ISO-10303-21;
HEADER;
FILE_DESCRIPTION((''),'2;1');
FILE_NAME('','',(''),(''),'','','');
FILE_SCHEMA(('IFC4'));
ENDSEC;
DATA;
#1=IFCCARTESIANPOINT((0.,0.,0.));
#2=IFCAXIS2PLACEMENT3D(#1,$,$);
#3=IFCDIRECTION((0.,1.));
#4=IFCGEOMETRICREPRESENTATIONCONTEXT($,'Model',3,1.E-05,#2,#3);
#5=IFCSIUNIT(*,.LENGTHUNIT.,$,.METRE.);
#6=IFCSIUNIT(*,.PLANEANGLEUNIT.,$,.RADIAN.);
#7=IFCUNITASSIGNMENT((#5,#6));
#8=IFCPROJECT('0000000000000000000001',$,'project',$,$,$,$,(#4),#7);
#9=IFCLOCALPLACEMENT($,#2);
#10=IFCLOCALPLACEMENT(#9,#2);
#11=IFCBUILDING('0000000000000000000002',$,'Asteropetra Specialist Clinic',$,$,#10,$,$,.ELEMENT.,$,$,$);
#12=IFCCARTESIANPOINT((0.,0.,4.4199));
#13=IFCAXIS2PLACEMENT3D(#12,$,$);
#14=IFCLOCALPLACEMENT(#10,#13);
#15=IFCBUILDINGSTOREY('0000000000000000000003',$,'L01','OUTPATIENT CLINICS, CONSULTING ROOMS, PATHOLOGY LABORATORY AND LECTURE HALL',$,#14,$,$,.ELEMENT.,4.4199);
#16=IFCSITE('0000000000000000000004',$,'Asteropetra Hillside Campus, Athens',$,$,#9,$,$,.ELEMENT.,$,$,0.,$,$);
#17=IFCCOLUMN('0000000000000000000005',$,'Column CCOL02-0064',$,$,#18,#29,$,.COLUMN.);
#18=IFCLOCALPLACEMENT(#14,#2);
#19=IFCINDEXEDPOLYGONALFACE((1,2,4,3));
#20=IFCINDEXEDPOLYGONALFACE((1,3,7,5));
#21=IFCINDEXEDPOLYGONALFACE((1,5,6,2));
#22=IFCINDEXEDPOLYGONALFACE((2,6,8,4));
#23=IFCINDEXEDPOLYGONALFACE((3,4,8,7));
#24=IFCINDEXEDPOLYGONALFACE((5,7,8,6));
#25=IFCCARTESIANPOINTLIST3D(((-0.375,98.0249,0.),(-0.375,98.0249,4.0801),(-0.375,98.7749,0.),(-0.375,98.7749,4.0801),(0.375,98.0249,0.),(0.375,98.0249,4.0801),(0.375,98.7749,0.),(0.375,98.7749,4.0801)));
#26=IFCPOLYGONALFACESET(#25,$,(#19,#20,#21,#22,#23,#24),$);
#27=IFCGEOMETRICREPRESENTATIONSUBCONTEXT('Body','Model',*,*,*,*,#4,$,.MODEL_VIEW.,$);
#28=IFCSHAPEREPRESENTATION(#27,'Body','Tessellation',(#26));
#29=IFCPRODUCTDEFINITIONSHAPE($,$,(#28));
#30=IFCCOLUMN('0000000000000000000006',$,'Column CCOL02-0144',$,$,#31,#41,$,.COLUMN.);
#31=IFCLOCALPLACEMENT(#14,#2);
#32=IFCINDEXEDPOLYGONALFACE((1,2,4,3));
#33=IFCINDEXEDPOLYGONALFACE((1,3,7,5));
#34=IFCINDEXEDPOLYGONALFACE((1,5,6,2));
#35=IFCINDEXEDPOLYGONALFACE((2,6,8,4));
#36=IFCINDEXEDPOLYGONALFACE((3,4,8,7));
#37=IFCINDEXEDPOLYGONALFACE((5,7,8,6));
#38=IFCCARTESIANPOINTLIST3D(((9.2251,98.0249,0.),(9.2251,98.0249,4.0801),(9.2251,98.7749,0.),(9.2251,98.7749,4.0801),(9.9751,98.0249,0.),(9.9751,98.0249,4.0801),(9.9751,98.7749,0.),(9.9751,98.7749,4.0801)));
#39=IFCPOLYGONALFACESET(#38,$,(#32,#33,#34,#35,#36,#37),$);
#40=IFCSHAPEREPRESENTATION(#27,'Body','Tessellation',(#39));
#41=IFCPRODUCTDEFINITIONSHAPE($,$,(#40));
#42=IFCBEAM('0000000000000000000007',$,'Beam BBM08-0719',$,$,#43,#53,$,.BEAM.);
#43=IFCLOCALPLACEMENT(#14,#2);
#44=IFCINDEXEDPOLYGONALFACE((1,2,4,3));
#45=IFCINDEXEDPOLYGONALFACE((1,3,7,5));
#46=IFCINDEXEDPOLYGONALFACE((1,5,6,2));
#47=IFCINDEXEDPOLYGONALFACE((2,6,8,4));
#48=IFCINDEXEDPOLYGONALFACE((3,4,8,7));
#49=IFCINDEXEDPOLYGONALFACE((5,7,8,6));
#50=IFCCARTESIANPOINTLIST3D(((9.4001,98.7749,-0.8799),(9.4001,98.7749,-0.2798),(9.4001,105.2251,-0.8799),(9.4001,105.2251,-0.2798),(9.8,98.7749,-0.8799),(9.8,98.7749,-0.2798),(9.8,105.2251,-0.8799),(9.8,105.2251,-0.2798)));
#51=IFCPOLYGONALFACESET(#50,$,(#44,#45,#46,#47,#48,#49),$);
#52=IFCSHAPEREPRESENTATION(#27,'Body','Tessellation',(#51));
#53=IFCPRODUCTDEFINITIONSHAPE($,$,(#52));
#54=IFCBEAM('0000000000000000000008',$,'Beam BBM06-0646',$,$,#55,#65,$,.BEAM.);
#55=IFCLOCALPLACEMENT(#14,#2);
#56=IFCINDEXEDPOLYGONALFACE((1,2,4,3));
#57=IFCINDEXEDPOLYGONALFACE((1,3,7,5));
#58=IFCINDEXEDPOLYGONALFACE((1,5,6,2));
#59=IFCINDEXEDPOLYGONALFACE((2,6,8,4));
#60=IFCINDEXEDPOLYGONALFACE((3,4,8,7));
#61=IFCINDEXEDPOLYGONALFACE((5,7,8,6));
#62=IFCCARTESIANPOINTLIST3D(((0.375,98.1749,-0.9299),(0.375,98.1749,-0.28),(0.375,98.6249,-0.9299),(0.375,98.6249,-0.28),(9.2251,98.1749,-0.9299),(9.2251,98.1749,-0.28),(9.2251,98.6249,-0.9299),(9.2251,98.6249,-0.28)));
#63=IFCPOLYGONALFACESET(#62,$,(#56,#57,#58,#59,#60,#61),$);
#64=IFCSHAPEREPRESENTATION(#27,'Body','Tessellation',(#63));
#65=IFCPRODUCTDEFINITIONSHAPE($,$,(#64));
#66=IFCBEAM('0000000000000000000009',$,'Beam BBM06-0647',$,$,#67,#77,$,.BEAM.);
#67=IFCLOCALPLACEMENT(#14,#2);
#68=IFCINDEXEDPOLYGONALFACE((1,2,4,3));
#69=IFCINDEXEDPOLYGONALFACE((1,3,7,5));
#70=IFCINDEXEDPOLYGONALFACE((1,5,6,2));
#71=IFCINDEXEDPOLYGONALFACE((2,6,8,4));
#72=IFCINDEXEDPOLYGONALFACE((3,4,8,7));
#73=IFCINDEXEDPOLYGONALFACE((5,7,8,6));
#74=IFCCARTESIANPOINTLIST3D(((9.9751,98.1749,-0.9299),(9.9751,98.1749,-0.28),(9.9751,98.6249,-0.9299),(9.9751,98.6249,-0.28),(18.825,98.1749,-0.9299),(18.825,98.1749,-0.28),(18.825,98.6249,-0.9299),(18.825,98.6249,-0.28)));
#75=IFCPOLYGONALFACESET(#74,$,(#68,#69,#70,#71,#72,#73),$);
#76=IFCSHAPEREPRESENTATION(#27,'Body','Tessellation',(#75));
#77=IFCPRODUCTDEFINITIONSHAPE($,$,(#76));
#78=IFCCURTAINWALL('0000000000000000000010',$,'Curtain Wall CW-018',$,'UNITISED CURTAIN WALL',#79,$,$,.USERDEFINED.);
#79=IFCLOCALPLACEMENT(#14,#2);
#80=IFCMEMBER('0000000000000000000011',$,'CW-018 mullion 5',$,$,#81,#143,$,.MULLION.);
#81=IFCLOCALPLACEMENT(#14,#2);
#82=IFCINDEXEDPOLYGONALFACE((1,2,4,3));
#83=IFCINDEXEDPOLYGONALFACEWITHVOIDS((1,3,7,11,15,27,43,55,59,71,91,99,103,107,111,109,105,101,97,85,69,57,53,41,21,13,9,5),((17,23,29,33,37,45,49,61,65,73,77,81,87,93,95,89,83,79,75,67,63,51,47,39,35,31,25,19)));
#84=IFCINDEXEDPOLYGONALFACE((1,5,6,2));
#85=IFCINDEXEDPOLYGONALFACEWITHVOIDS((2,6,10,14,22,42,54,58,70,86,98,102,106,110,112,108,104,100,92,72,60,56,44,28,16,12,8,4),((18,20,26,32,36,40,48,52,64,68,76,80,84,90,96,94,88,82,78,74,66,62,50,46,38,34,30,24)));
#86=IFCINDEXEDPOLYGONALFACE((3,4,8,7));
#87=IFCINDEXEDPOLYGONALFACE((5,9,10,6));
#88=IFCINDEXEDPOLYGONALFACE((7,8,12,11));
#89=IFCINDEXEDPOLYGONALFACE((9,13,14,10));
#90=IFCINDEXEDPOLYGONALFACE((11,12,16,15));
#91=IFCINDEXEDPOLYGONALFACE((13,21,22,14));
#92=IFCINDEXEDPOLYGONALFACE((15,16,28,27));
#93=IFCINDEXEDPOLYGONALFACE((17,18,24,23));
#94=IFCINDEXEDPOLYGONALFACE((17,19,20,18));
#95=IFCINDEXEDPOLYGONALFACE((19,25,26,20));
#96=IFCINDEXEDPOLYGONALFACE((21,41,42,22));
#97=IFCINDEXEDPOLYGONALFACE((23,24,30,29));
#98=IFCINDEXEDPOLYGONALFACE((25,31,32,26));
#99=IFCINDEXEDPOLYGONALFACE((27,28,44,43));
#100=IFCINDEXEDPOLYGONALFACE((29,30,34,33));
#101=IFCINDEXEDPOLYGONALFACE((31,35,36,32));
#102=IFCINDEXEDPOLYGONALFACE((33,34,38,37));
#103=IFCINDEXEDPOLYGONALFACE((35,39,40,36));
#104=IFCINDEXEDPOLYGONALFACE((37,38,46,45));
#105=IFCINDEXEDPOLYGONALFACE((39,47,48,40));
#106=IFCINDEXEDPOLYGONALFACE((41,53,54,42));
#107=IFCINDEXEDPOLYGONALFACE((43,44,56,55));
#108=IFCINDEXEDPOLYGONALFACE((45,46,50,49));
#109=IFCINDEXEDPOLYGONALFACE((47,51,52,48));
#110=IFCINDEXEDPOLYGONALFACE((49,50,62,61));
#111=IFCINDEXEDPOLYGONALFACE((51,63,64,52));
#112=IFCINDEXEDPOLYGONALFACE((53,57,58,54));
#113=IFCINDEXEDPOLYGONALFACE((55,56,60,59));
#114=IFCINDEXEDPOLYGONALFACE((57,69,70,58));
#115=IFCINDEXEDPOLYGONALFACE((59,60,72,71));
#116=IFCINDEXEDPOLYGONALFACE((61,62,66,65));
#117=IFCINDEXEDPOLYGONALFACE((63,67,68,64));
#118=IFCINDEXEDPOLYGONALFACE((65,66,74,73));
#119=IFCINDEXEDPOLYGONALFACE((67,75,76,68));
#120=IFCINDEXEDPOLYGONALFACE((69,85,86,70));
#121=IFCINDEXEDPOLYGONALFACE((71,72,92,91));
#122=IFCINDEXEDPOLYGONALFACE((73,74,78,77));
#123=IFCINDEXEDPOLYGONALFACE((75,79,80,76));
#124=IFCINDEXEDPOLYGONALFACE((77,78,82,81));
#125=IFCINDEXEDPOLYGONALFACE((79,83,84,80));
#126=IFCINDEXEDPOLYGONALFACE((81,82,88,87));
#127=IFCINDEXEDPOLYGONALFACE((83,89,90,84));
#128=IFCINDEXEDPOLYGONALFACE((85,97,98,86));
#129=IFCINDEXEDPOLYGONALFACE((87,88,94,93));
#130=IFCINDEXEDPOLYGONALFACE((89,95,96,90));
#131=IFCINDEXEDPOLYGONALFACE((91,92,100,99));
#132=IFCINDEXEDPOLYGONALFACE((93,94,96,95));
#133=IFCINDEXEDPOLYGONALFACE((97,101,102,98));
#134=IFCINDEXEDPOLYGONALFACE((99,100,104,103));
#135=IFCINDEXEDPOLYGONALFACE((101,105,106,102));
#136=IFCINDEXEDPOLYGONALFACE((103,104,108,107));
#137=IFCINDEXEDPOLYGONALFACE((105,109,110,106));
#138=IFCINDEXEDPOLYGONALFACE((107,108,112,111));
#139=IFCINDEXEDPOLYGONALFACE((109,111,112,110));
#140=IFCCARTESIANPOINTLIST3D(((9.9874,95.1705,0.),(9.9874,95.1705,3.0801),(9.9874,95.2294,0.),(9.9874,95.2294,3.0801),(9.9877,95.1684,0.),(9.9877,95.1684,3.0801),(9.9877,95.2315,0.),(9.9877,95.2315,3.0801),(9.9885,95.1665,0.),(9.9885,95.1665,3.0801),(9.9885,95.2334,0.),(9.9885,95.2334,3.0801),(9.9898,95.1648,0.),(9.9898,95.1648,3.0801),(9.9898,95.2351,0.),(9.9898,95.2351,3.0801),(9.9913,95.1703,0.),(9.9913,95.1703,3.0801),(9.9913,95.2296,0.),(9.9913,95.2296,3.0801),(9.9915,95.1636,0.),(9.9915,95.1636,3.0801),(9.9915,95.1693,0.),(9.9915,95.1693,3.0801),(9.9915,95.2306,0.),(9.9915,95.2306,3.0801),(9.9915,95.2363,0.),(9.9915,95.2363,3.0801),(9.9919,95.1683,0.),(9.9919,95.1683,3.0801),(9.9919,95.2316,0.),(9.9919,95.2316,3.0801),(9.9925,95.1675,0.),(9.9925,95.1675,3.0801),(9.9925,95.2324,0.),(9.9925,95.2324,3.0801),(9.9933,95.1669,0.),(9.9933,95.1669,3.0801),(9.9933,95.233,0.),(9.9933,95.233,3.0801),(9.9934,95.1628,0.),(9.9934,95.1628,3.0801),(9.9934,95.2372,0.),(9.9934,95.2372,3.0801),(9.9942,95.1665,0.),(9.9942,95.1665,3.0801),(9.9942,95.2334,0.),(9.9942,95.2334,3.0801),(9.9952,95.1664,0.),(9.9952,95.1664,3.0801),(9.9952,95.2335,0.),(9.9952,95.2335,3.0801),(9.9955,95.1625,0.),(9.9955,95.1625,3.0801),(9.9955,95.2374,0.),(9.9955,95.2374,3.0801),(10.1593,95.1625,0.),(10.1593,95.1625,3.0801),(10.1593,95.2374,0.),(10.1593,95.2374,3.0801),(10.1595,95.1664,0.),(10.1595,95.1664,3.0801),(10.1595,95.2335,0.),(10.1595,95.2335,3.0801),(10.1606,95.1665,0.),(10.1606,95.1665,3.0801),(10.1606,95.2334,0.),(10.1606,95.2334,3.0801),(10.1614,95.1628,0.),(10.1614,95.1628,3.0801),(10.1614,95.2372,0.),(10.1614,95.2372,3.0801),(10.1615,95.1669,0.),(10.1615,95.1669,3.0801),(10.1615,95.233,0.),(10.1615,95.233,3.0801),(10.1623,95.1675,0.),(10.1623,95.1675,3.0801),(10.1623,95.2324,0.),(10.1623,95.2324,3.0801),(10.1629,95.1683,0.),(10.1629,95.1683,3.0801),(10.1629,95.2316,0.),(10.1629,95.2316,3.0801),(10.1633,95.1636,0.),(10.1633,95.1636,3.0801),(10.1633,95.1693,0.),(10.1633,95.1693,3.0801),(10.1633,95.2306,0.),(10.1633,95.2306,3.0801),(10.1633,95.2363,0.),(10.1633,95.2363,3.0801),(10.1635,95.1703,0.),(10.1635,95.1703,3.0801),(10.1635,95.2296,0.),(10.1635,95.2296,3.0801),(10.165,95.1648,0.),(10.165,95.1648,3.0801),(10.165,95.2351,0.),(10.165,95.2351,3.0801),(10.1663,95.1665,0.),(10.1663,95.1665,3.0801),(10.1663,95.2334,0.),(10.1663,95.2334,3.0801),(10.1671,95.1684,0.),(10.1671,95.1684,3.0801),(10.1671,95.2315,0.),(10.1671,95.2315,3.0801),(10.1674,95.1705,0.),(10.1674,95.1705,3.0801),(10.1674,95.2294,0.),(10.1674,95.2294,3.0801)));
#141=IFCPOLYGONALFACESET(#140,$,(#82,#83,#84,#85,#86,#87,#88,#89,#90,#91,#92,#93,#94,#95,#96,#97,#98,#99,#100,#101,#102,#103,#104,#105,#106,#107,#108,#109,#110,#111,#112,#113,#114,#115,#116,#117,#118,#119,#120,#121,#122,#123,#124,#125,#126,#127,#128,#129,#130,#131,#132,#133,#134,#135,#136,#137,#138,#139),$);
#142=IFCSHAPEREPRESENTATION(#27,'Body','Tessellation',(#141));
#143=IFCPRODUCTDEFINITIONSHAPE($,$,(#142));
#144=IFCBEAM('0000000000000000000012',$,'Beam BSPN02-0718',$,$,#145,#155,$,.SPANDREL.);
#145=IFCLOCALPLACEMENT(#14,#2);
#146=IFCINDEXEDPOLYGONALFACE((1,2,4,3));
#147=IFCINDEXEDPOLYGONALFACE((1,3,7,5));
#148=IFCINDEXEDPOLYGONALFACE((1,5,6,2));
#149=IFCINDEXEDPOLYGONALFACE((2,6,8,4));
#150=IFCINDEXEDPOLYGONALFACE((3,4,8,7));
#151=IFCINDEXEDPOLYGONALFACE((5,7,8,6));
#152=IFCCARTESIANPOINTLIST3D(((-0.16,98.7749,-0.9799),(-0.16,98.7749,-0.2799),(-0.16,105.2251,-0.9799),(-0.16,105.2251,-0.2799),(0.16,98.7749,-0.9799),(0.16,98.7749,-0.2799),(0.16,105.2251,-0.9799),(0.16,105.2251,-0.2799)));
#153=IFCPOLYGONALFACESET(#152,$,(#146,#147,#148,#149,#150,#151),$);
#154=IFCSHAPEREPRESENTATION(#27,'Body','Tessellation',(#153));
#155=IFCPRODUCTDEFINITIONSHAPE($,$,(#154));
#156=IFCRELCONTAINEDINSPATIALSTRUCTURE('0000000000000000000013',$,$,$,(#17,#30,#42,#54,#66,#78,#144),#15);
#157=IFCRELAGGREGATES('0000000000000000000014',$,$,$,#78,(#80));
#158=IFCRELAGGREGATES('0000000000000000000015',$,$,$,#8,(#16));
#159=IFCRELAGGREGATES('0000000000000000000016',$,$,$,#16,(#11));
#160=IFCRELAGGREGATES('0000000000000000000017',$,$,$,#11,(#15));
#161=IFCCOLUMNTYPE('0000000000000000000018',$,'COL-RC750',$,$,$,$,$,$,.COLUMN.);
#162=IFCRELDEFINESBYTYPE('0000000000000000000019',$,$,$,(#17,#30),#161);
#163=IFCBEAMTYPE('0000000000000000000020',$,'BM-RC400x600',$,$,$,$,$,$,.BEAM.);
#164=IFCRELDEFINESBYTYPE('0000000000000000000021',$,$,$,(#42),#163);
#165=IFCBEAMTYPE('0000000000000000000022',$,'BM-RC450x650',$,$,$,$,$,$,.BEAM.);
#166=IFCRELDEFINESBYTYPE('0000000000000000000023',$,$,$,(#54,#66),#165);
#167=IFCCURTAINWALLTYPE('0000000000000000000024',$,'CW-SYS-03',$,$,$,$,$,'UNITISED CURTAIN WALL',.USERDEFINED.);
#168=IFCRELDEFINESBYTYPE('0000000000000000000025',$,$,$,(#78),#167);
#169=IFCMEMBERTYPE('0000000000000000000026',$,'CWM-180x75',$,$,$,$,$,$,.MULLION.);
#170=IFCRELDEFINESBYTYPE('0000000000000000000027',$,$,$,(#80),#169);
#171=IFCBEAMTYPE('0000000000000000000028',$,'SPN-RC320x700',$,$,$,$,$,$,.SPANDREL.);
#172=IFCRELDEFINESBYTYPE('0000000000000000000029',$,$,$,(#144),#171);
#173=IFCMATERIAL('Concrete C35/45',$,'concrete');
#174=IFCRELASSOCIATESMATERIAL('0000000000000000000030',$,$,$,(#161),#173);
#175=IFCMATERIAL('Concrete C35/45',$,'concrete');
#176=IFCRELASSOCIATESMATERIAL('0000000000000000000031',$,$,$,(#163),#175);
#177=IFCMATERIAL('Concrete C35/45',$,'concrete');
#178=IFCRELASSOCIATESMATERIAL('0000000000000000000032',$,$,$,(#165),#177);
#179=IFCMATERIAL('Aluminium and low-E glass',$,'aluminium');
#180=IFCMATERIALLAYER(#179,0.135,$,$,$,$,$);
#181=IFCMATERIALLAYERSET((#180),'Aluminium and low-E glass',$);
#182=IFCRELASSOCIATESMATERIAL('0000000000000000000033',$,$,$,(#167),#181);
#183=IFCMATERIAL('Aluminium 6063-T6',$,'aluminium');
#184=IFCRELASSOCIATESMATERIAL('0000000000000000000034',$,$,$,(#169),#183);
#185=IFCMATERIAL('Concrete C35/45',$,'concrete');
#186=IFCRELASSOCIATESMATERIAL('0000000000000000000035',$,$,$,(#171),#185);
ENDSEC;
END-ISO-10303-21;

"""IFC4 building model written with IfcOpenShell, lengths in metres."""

from ifc_helpers import new_model, si_unit, direction, frame, origin, origin_2d, place, context, subcontext, project, spatial, rectangle, hollow_rectangle, extrude, material, layer, layer_set, material_profile, profile_set, type_object, element, aggregate, save


model = new_model("IFC4")

# Units and contexts
model_context = context("Model", 3, precision=1e-05, world=origin(), true_north=direction((0.0, 1.0)))
body_context = subcontext(model_context, "Body", "Model", "MODEL_VIEW")
ifc_project = project(units=[si_unit("LENGTHUNIT", "METRE"), si_unit("PLANEANGLEUNIT", "RADIAN")], contexts=[model_context])

# Site, building, storey
site_placement = place(None, origin())
site = spatial("IfcSite", under=ifc_project, at=site_placement, Name="Asteropetra Hillside Campus, Athens", CompositionType="ELEMENT", RefElevation=0.0)
building_placement = place(site_placement, origin())
building = spatial("IfcBuilding", under=site, at=building_placement, Name="Asteropetra Specialist Clinic", CompositionType="ELEMENT")
storey_placement = place(building_placement, frame((0.0, 0.0, 4.4199)))
storey = spatial("IfcBuildingStorey", under=building, at=storey_placement, Name="L01", Description="OUTPATIENT CLINICS, CONSULTING ROOMS, PATHOLOGY LABORATORY AND LECTURE HALL", CompositionType="ELEMENT", Elevation=4.4199)

# Columns
ifc_material_1 = material(Name="Concrete C35/45", Category="concrete")
ifc_material_profile_1 = material_profile(ifc_material_1, rectangle(XDim=0.75, YDim=0.75, at=origin_2d()), Name="RC 750x750")
ifc_profile_set_1 = profile_set([ifc_material_profile_1], Name="Concrete C35/45")
column_type = type_object("IfcColumnType", Name="COL-RC750", PredefinedType="COLUMN", material=ifc_profile_set_1)
for number, where, z_axis, x_axis, name in (
    (1, (0.0, 98.3999, 0.0), (0.0, 0.0, 1.0), (1.0, 0.0, 0.0), "Column CCOL02-0064"),
    (2, (9.6001, 98.3999, 0.0), (0.0, 0.0, 1.0), (1.0, 0.0, 0.0), "Column CCOL02-0144"),
):
    element("IfcColumn", number, at=place(storey_placement, frame(where, z_axis=z_axis, x_axis=x_axis)), inside=storey, type_object=column_type, Name=name, PredefinedType="COLUMN", context=body_context, shape_type="SweptSolid", body=[
        extrude(rectangle(XDim=0.75, YDim=0.75, at=origin_2d()), origin(), (0.0, 0.0, 1.0), 4.0801),
    ])

# Beams
ifc_material_2 = material(Name="Concrete C35/45", Category="concrete")
ifc_material_profile_2 = material_profile(ifc_material_2, rectangle(XDim=0.3999, YDim=0.6001, at=origin_2d()), Name="RCB 400x600")
ifc_profile_set_2 = profile_set([ifc_material_profile_2], Name="Concrete C35/45")
beam_type_1 = type_object("IfcBeamType", Name="BM-RC400x600", PredefinedType="BEAM", material=ifc_profile_set_2)
beam_1_placement = place(storey_placement, frame((9.6001, 98.7749, -0.5798), z_axis=(0.0, 1.0, 0.0), x_axis=(-1.0, 0.0, 0.0)))
element("IfcBeam", 3, at=beam_1_placement, inside=storey, type_object=beam_type_1, Name="Beam BBM08-0719", PredefinedType="BEAM", context=body_context, shape_type="SweptSolid", body=[
    extrude(rectangle(XDim=0.3999, YDim=0.6001, at=origin_2d()), origin(), (0.0, 0.0, 1.0), 6.4502),
])
ifc_material_3 = material(Name="Concrete C35/45", Category="concrete")
ifc_material_profile_3 = material_profile(ifc_material_3, rectangle(XDim=0.45, YDim=0.6499, at=origin_2d()), Name="RCB 450x650")
ifc_profile_set_3 = profile_set([ifc_material_profile_3], Name="Concrete C35/45")
beam_type_2 = type_object("IfcBeamType", Name="BM-RC450x650", PredefinedType="BEAM", material=ifc_profile_set_3)
beam_2_placement = place(storey_placement, frame((0.375, 98.3999, -0.605), z_axis=(1.0, 0.0, 0.0), x_axis=(0.0, 1.0, 0.0)))
element("IfcBeam", 4, at=beam_2_placement, inside=storey, type_object=beam_type_2, Name="Beam BBM06-0646", PredefinedType="BEAM", context=body_context, shape_type="SweptSolid", body=[
    extrude(rectangle(XDim=0.45, YDim=0.6499, at=origin_2d()), origin(), (0.0, 0.0, 1.0), 8.8501),
])
beam_3_placement = place(storey_placement, frame((9.9751, 98.3999, -0.605), z_axis=(1.0, 0.0, 0.0), x_axis=(0.0, 1.0, 0.0)))
element("IfcBeam", 5, at=beam_3_placement, inside=storey, type_object=beam_type_2, Name="Beam BBM06-0647", PredefinedType="BEAM", context=body_context, shape_type="SweptSolid", body=[
    extrude(rectangle(XDim=0.45, YDim=0.6499, at=origin_2d()), origin(), (0.0, 0.0, 1.0), 8.8499),
])

# Curtain wall, member
ifc_material_4 = material(Name="Aluminium and low-E glass", Category="aluminium")
ifc_layer_1 = layer(ifc_material_4, 0.135)
ifc_layer_set_1 = layer_set([ifc_layer_1], Name="Aluminium and low-E glass")
curtain_wall_type = type_object("IfcCurtainWallType", Name="CW-SYS-03", ElementType="UNITISED CURTAIN WALL", PredefinedType="USERDEFINED", material=ifc_layer_set_1)
curtain_wall_placement = place(storey_placement, origin())
curtain_wall = element("IfcCurtainWall", 6, at=curtain_wall_placement, inside=storey, type_object=curtain_wall_type, Name="Curtain Wall CW-018", ObjectType="UNITISED CURTAIN WALL", PredefinedType="USERDEFINED")
ifc_material_5 = material(Name="Aluminium 6063-T6", Category="aluminium")
ifc_material_profile_4 = material_profile(ifc_material_5, hollow_rectangle(XDim=0.075, YDim=0.1799, WallThickness=0.0039, InnerFilletRadius=0.0039, OuterFilletRadius=0.0081, at=origin_2d()), Name="MUL 180x75x4.0")
ifc_profile_set_4 = profile_set([ifc_material_profile_4], Name="Aluminium 6063-T6")
member_type = type_object("IfcMemberType", Name="CWM-180x75", PredefinedType="MULLION", material=ifc_profile_set_4)
member_placement = place(storey_placement, frame((10.0774, 95.2, 0.0), z_axis=(0.0, 0.0, 1.0), x_axis=(0.0, -1.0, 0.0)))
member = element("IfcMember", 7, at=member_placement, type_object=member_type, Name="CW-018 mullion 5", PredefinedType="MULLION", context=body_context, shape_type="SweptSolid", body=[
    extrude(hollow_rectangle(XDim=0.075, YDim=0.1799, WallThickness=0.0039, InnerFilletRadius=0.0039, OuterFilletRadius=0.0081, at=origin_2d()), origin(), (0.0, 0.0, 1.0), 3.0801),
])

# Beam
ifc_material_6 = material(Name="Concrete C35/45", Category="concrete")
ifc_material_profile_5 = material_profile(ifc_material_6, rectangle(XDim=0.3201, YDim=0.7, at=origin_2d()), Name="RCS 320x700")
ifc_profile_set_5 = profile_set([ifc_material_profile_5], Name="Concrete C35/45")
beam_type_3 = type_object("IfcBeamType", Name="SPN-RC320x700", PredefinedType="SPANDREL", material=ifc_profile_set_5)
beam_4_placement = place(storey_placement, frame((0.0, 98.7749, -0.6299), z_axis=(0.0, 1.0, 0.0), x_axis=(-1.0, 0.0, 0.0)))
element("IfcBeam", 8, at=beam_4_placement, inside=storey, type_object=beam_type_3, Name="Beam BSPN02-0718", PredefinedType="SPANDREL", context=body_context, shape_type="SweptSolid", body=[
    extrude(rectangle(XDim=0.3201, YDim=0.7, at=origin_2d()), origin(), (0.0, 0.0, 1.0), 6.4502),
])

aggregate(curtain_wall, [member])

save(model, "model.ifc")
